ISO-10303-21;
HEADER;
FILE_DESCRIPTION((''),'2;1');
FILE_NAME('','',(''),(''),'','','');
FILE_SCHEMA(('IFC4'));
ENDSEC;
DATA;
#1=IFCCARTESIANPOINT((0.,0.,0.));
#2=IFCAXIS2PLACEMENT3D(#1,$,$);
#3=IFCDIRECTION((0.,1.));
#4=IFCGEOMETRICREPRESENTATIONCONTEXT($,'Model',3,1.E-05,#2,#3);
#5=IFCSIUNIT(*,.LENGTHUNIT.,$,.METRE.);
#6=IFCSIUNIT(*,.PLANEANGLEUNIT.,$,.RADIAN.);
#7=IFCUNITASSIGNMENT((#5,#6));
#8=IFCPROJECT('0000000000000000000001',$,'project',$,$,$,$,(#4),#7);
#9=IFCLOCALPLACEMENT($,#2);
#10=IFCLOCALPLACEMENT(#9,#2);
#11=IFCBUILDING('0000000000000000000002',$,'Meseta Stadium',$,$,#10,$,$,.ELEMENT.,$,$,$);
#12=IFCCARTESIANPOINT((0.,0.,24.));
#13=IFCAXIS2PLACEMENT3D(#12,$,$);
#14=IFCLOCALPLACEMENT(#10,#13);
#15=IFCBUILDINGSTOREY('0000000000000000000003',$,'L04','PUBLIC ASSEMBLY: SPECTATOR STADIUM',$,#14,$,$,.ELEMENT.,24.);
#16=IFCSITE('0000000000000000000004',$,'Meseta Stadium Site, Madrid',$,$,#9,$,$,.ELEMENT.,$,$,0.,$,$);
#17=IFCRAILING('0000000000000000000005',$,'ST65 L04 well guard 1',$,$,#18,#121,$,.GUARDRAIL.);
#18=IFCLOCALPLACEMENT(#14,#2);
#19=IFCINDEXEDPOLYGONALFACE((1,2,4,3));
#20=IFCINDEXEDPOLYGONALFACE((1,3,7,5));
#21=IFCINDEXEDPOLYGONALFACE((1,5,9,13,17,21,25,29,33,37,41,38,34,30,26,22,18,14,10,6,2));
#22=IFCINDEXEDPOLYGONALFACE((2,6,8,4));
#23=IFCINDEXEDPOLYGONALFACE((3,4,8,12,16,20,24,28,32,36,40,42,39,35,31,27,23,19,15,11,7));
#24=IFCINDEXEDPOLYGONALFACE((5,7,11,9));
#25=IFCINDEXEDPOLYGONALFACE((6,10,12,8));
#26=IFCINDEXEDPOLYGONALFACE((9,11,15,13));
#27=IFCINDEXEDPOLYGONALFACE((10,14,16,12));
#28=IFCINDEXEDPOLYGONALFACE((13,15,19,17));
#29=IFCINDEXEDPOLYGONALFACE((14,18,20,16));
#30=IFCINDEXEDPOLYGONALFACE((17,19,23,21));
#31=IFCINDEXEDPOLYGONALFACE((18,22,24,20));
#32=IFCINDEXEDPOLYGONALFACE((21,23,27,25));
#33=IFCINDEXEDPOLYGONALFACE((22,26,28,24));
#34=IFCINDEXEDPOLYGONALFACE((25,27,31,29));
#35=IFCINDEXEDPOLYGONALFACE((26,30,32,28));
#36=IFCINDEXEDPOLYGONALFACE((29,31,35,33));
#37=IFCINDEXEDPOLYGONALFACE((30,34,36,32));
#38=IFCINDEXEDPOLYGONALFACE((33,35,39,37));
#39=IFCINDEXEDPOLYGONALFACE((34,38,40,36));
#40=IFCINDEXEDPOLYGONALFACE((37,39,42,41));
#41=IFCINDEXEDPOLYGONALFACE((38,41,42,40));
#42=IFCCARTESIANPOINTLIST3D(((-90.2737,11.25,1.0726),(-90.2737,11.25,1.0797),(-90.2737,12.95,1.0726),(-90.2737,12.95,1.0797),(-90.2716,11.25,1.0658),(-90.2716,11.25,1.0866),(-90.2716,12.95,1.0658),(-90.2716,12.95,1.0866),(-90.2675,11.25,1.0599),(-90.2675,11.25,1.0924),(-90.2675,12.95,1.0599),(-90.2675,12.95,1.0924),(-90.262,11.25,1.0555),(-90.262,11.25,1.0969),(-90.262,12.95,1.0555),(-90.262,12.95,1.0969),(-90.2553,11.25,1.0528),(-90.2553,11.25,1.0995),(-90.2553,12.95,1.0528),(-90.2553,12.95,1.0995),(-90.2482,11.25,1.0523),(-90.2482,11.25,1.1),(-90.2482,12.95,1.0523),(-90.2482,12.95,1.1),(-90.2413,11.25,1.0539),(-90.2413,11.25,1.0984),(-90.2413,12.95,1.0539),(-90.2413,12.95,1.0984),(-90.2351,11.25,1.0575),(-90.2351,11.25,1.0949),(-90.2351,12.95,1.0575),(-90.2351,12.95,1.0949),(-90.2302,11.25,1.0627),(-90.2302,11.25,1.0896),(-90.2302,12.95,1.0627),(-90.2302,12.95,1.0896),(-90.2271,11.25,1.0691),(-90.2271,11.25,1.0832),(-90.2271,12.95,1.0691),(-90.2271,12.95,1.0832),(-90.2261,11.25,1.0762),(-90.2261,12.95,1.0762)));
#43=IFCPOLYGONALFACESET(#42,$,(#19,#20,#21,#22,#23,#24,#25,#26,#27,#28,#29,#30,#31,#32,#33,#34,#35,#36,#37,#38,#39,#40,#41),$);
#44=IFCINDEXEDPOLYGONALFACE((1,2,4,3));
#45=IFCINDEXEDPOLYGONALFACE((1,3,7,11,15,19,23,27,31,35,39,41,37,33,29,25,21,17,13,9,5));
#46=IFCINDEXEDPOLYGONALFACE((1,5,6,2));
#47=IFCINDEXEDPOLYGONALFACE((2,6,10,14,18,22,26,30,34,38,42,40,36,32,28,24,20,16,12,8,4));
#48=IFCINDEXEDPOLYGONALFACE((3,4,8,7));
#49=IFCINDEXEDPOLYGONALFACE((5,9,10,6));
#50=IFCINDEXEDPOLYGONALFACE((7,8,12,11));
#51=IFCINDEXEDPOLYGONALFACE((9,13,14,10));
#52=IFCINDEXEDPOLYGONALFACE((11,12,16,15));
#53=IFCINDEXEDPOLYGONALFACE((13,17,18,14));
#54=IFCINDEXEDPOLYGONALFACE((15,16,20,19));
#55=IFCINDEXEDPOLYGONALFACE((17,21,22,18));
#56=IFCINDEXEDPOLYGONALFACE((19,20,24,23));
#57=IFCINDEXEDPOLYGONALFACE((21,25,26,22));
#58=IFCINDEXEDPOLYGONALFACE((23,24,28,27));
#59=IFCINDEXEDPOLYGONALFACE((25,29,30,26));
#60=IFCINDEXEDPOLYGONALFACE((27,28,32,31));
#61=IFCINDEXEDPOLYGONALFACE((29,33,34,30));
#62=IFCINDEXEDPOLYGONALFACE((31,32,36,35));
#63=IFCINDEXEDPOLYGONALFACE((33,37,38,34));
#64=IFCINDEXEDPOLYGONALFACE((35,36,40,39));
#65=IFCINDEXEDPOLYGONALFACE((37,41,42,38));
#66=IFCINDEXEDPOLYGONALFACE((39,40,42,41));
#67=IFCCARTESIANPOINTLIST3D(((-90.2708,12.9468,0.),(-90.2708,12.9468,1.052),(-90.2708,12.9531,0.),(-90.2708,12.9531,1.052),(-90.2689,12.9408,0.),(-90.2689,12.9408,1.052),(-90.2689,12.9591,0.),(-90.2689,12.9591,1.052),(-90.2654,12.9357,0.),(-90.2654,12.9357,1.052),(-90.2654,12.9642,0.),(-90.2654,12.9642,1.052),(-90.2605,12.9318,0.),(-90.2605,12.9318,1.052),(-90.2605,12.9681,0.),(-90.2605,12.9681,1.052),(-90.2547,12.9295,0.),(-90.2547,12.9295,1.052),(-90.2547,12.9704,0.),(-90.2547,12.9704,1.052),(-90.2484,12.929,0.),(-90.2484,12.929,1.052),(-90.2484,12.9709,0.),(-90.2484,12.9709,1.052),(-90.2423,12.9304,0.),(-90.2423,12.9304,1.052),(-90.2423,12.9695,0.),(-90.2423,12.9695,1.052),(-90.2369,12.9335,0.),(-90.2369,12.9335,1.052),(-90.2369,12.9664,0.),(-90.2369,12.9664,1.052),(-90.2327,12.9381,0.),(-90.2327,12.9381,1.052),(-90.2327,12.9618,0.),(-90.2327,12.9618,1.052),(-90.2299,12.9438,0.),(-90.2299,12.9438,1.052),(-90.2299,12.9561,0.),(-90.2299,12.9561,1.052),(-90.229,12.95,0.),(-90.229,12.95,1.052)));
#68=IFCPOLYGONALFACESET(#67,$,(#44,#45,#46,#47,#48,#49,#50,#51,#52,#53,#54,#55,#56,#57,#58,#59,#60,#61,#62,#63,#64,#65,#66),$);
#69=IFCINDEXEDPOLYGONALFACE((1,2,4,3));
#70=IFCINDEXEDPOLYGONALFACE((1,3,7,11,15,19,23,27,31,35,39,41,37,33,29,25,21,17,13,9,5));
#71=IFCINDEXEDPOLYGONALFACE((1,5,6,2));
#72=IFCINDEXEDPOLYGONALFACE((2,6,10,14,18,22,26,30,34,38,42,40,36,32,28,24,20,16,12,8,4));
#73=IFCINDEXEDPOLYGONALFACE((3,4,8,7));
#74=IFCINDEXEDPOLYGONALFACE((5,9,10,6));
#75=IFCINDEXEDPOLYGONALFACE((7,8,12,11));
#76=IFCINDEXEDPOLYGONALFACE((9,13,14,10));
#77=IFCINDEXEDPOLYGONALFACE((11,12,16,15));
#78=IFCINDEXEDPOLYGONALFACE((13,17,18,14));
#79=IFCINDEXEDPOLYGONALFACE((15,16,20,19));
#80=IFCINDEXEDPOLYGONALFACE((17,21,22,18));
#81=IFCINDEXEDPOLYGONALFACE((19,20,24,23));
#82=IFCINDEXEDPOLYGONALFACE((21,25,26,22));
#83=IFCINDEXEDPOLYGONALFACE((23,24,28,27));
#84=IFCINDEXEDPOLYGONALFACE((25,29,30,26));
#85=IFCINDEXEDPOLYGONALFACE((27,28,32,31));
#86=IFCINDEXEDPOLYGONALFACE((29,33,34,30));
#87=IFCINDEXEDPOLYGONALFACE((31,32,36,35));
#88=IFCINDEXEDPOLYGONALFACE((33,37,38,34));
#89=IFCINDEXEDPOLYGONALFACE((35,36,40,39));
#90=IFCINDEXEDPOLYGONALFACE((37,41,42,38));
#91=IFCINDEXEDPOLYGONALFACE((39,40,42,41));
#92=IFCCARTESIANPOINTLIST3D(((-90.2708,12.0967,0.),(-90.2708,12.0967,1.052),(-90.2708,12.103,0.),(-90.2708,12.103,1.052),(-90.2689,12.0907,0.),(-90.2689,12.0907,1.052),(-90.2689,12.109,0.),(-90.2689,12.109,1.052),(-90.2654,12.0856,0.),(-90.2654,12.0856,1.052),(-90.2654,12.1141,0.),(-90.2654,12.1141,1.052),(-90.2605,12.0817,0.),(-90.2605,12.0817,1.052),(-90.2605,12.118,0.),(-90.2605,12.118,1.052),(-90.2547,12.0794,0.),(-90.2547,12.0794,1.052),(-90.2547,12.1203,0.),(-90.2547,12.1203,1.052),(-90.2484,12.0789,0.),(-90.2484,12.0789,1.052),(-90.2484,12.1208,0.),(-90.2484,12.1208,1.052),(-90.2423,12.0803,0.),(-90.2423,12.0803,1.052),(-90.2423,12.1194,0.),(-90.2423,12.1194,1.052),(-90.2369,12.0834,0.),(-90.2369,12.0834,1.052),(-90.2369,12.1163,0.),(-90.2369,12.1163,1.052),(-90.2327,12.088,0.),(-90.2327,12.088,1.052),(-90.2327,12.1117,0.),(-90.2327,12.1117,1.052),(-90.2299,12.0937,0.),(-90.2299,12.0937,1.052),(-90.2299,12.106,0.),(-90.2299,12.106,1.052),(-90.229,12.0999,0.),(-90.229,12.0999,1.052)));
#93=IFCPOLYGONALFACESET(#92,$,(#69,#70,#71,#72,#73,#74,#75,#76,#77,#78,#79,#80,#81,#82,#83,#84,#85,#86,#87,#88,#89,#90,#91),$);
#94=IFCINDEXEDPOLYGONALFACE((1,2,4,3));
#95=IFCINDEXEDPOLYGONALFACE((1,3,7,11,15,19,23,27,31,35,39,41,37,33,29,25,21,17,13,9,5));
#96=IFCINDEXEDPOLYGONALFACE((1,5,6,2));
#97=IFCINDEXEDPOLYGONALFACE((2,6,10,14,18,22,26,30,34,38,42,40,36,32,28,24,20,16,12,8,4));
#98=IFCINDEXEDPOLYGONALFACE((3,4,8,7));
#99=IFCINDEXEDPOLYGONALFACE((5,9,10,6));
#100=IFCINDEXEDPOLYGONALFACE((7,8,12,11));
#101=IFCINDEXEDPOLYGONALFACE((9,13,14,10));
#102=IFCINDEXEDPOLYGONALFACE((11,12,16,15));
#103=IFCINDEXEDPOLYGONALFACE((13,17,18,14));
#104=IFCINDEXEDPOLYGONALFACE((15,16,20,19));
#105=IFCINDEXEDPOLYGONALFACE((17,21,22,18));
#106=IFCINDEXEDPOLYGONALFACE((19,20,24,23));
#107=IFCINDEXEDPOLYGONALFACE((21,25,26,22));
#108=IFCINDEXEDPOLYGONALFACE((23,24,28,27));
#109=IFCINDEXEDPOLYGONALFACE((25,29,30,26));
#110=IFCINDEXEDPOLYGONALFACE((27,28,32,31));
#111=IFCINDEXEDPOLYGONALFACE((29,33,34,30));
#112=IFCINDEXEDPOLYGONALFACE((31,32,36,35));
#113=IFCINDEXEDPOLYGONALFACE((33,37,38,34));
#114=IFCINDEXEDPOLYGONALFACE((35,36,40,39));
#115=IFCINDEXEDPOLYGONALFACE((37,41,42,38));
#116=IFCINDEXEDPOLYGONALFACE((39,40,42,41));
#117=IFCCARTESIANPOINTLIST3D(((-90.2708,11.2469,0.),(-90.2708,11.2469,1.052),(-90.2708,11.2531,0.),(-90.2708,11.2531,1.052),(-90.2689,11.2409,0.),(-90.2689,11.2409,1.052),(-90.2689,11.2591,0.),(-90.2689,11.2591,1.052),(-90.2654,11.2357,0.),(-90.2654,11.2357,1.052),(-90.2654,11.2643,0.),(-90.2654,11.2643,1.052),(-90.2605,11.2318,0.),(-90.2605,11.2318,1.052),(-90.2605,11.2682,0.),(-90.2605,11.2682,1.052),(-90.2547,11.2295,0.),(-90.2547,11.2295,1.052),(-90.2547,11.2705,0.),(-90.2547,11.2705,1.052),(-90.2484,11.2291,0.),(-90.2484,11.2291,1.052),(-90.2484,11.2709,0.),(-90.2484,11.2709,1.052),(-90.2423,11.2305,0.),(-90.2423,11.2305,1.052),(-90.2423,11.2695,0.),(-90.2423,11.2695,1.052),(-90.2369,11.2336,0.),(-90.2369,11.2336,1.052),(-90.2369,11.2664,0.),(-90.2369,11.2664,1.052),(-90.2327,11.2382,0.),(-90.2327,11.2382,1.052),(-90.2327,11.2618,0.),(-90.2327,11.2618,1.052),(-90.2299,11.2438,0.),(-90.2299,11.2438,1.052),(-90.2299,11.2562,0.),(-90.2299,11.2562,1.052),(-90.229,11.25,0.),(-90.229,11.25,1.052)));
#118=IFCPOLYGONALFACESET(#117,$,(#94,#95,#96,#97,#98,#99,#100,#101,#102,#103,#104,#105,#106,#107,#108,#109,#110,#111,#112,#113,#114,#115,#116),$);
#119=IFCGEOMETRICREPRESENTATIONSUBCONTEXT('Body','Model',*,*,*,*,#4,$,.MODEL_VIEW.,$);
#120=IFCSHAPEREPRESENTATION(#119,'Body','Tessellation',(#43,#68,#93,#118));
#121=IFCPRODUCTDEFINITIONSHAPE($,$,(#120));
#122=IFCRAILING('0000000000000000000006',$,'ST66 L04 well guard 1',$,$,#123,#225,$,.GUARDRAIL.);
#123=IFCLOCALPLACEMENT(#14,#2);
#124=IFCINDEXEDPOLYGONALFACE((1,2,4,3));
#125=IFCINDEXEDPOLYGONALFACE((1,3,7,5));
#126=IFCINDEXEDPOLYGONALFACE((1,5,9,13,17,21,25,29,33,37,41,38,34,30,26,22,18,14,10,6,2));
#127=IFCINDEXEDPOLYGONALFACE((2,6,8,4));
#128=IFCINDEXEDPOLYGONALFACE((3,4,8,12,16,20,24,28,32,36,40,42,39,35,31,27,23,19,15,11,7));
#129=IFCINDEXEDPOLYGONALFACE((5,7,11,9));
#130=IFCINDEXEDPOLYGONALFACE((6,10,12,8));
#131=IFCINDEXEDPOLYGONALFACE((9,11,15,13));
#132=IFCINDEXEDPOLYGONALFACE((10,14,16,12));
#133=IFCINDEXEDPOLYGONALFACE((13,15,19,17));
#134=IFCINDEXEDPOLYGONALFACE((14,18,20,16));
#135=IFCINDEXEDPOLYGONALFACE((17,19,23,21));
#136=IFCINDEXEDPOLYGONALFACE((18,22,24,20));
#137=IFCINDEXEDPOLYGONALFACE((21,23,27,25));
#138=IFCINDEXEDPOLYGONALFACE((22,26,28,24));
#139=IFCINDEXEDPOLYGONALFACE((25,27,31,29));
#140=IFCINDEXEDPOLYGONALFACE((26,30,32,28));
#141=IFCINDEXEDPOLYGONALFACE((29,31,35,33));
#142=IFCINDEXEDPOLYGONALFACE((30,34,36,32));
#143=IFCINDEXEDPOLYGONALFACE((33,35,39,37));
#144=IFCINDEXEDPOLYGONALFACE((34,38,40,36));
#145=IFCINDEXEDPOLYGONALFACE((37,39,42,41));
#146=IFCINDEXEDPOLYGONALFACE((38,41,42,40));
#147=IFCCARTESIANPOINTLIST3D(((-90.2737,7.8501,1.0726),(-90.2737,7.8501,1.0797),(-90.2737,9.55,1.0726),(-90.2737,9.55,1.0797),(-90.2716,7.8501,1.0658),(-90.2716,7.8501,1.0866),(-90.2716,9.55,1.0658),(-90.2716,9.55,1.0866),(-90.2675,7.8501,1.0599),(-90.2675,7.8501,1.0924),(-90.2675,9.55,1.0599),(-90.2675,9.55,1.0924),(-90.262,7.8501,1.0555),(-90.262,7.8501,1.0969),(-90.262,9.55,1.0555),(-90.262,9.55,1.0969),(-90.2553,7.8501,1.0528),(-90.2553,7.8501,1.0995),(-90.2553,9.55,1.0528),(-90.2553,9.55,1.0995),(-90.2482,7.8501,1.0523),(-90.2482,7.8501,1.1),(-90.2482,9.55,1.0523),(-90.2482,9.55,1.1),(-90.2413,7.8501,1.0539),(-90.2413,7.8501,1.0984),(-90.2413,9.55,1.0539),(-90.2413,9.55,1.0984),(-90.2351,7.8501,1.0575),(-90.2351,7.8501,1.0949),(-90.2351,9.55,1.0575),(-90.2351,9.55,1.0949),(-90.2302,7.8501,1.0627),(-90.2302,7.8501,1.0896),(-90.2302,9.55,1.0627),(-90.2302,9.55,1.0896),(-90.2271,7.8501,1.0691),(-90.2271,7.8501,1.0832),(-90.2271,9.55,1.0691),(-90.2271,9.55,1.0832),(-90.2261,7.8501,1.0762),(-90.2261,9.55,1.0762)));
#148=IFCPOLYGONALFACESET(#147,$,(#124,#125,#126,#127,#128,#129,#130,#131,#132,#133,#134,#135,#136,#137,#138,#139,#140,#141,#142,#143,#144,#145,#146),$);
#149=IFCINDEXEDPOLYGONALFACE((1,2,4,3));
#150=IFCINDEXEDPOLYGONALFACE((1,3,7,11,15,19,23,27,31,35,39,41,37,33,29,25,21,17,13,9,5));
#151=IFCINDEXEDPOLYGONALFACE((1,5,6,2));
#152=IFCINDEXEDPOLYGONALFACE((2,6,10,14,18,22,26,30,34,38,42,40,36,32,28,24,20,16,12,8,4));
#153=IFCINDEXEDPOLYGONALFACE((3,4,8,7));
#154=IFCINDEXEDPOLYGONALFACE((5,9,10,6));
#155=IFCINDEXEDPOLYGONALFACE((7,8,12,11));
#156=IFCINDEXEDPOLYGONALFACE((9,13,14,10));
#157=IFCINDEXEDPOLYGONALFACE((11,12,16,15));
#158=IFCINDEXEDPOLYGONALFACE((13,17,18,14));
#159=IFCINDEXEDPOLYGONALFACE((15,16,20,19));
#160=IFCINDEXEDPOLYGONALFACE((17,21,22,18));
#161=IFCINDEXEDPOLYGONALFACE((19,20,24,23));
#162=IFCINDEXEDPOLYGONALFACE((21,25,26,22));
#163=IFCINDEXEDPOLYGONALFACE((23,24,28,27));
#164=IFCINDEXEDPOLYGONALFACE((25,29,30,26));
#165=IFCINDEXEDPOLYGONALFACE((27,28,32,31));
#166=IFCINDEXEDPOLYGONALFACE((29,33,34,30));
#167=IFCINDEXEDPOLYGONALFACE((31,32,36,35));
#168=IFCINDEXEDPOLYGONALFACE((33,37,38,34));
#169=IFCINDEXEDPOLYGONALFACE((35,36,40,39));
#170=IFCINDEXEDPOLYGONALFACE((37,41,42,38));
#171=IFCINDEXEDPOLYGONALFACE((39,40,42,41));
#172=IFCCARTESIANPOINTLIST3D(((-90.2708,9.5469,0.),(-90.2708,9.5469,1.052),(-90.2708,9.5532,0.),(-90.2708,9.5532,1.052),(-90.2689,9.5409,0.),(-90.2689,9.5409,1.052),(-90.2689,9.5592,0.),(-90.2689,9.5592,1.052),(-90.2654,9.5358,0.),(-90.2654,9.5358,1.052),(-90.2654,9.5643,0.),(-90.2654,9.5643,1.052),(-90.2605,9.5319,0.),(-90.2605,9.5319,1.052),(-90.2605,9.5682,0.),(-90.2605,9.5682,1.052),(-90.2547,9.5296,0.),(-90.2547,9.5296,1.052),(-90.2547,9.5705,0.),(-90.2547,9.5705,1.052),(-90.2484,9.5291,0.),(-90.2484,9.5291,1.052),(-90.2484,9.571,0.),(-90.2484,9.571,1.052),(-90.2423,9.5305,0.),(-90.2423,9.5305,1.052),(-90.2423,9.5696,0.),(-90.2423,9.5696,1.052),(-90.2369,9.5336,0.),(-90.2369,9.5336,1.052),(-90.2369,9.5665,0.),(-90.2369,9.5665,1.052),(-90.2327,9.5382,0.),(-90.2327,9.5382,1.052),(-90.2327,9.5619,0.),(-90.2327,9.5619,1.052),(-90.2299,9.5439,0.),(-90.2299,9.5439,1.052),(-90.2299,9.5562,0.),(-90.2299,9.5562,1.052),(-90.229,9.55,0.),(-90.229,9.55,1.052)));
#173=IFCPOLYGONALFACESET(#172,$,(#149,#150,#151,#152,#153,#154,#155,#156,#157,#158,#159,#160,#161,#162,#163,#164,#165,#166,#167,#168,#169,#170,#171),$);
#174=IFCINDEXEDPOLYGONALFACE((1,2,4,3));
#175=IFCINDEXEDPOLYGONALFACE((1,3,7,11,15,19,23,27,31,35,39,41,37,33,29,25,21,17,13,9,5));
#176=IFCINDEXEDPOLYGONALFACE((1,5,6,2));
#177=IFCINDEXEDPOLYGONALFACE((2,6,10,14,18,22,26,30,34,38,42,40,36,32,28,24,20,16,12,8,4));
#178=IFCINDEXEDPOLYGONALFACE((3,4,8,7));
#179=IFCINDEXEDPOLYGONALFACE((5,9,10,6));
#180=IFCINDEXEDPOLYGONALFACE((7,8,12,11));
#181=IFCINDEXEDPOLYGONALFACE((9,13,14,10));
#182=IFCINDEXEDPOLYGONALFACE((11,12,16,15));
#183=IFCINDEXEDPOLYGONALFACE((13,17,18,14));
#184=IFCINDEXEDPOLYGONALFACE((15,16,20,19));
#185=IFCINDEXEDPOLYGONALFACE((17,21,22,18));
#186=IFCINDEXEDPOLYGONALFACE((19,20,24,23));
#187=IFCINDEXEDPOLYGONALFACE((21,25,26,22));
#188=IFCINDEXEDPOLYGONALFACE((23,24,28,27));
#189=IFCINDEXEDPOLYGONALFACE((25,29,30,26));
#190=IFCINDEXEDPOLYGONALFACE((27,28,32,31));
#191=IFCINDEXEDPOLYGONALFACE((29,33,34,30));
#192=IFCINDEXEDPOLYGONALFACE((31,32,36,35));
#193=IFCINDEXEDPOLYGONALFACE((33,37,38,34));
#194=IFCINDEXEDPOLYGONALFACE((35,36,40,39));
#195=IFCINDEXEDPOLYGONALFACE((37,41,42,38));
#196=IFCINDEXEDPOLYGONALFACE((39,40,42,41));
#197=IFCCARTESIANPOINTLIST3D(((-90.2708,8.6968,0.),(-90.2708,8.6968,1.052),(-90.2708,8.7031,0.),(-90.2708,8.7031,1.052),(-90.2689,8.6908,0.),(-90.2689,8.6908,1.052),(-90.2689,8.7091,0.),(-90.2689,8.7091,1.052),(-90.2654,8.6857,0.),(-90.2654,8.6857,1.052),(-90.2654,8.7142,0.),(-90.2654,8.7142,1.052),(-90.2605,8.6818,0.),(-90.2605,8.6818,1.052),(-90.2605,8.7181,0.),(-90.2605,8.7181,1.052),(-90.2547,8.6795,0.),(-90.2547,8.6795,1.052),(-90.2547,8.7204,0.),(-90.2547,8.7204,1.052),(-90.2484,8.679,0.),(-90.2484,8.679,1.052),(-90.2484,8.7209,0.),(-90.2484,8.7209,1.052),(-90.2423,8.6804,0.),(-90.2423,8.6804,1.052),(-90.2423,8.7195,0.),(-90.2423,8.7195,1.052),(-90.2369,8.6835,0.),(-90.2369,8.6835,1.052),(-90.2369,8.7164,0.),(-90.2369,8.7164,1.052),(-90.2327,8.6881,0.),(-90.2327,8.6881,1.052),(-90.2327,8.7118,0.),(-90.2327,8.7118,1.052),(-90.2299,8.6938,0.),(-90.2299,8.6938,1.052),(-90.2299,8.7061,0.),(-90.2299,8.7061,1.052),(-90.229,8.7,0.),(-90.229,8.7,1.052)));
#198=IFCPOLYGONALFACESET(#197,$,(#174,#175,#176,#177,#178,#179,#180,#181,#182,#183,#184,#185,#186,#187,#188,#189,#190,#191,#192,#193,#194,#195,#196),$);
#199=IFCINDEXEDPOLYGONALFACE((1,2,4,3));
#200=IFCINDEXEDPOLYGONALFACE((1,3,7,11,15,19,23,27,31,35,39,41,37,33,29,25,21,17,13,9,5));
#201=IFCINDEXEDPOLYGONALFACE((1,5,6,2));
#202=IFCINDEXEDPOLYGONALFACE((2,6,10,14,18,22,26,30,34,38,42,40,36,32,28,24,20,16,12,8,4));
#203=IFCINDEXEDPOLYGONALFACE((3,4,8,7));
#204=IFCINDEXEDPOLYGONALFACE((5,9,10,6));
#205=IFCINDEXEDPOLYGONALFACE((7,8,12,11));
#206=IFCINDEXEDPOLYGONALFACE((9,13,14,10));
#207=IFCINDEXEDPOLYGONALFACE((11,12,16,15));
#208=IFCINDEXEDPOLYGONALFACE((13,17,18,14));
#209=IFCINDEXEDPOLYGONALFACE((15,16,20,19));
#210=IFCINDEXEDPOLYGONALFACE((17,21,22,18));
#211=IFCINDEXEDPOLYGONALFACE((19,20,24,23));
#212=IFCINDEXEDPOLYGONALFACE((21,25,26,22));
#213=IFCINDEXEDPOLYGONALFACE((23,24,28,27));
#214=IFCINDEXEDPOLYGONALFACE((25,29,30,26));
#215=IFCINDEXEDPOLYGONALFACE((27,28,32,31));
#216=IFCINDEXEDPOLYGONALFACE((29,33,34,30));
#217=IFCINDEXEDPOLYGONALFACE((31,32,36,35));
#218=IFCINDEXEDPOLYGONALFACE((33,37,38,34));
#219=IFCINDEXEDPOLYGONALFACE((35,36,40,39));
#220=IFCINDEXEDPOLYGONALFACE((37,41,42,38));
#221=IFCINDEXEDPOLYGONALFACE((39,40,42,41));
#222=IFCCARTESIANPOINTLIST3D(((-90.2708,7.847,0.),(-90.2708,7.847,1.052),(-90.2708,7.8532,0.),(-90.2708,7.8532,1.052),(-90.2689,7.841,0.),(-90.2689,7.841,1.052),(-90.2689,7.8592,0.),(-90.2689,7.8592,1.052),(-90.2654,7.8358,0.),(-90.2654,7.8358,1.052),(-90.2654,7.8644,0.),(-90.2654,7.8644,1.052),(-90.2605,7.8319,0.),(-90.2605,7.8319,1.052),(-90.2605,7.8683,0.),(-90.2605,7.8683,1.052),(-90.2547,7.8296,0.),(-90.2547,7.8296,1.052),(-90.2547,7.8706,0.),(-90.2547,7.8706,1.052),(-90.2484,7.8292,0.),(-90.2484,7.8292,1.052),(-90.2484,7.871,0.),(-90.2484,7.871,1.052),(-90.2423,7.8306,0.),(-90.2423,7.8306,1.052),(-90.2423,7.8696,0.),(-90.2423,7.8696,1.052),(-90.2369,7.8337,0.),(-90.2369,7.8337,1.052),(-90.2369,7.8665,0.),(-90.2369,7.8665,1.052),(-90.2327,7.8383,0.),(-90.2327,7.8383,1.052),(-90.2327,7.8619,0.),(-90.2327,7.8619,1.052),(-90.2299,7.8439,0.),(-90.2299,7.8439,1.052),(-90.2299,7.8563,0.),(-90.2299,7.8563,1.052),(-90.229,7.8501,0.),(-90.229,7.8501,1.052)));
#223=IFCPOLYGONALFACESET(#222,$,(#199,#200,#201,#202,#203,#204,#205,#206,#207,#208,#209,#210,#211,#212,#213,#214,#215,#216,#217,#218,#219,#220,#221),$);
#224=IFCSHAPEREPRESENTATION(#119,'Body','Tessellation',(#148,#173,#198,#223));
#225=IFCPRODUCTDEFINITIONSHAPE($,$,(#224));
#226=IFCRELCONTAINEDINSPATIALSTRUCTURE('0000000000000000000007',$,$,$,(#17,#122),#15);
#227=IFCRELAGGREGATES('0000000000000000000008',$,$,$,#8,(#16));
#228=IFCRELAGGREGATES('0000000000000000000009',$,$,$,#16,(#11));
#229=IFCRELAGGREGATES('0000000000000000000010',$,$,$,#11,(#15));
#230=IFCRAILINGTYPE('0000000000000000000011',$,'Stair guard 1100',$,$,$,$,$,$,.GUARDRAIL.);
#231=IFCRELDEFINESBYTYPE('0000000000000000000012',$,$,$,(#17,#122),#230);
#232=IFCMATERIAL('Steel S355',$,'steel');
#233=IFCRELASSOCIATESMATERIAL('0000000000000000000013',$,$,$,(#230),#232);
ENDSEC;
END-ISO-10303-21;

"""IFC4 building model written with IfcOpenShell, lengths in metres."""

from ifc_helpers import new_model, si_unit, direction, frame, origin, origin_2d, place, context, subcontext, project, spatial, circle, extrude, material, type_object, element, save


model = new_model("IFC4")

# Units and contexts
model_context = context("Model", 3, precision=1e-05, world=origin(), true_north=direction((0.0, 1.0)))
body_context = subcontext(model_context, "Body", "Model", "MODEL_VIEW")
ifc_project = project(units=[si_unit("LENGTHUNIT", "METRE"), si_unit("PLANEANGLEUNIT", "RADIAN")], contexts=[model_context])

# Site, building, storey
site_placement = place(None, origin())
site = spatial("IfcSite", under=ifc_project, at=site_placement, Name="Meseta Stadium Site, Madrid", CompositionType="ELEMENT", RefElevation=0.0)
building_placement = place(site_placement, origin())
building = spatial("IfcBuilding", under=site, at=building_placement, Name="Meseta Stadium", CompositionType="ELEMENT")
storey_placement = place(building_placement, frame((0.0, 0.0, 24.0)))
storey = spatial("IfcBuildingStorey", under=building, at=storey_placement, Name="L04", Description="PUBLIC ASSEMBLY: SPECTATOR STADIUM", CompositionType="ELEMENT", Elevation=24.0)

# Railings
ifc_material_1 = material(Name="Steel S355", Category="steel")
railing_type_1 = type_object("IfcRailingType", Name="Stair guard 1100", PredefinedType="GUARDRAIL", material=ifc_material_1)
for number, where, name in (
    (1, (-90.25, 12.95, 0.0), "ST65 L04 well guard 1"),
    (2, (-90.25, 9.55, 0.0), "ST66 L04 well guard 1"),
):
    element("IfcRailing", number, at=place(storey_placement, frame(where)), inside=storey, type_object=railing_type_1, Name=name, PredefinedType="GUARDRAIL", context=body_context, shape_type="SweptSolid", body=[
        extrude(circle(Radius=0.0239, at=origin_2d()), frame((0.0, 0.0, 1.0762), z_axis=(0.0, -1.0, 0.0), x_axis=(1.0, 0.0, 0.0)), (0.0, 0.0, 1.0), 1.7),
        extrude(circle(Radius=0.021, at=origin_2d()), origin(), (0.0, 0.0, 1.0), 1.052),
        extrude(circle(Radius=0.021, at=origin_2d()), frame((0.0, -0.8501, 0.0)), (0.0, 0.0, 1.0), 1.052),
        extrude(circle(Radius=0.021, at=origin_2d()), frame((0.0, -1.7, 0.0)), (0.0, 0.0, 1.0), 1.052),
    ])

save(model, "model.ifc")
